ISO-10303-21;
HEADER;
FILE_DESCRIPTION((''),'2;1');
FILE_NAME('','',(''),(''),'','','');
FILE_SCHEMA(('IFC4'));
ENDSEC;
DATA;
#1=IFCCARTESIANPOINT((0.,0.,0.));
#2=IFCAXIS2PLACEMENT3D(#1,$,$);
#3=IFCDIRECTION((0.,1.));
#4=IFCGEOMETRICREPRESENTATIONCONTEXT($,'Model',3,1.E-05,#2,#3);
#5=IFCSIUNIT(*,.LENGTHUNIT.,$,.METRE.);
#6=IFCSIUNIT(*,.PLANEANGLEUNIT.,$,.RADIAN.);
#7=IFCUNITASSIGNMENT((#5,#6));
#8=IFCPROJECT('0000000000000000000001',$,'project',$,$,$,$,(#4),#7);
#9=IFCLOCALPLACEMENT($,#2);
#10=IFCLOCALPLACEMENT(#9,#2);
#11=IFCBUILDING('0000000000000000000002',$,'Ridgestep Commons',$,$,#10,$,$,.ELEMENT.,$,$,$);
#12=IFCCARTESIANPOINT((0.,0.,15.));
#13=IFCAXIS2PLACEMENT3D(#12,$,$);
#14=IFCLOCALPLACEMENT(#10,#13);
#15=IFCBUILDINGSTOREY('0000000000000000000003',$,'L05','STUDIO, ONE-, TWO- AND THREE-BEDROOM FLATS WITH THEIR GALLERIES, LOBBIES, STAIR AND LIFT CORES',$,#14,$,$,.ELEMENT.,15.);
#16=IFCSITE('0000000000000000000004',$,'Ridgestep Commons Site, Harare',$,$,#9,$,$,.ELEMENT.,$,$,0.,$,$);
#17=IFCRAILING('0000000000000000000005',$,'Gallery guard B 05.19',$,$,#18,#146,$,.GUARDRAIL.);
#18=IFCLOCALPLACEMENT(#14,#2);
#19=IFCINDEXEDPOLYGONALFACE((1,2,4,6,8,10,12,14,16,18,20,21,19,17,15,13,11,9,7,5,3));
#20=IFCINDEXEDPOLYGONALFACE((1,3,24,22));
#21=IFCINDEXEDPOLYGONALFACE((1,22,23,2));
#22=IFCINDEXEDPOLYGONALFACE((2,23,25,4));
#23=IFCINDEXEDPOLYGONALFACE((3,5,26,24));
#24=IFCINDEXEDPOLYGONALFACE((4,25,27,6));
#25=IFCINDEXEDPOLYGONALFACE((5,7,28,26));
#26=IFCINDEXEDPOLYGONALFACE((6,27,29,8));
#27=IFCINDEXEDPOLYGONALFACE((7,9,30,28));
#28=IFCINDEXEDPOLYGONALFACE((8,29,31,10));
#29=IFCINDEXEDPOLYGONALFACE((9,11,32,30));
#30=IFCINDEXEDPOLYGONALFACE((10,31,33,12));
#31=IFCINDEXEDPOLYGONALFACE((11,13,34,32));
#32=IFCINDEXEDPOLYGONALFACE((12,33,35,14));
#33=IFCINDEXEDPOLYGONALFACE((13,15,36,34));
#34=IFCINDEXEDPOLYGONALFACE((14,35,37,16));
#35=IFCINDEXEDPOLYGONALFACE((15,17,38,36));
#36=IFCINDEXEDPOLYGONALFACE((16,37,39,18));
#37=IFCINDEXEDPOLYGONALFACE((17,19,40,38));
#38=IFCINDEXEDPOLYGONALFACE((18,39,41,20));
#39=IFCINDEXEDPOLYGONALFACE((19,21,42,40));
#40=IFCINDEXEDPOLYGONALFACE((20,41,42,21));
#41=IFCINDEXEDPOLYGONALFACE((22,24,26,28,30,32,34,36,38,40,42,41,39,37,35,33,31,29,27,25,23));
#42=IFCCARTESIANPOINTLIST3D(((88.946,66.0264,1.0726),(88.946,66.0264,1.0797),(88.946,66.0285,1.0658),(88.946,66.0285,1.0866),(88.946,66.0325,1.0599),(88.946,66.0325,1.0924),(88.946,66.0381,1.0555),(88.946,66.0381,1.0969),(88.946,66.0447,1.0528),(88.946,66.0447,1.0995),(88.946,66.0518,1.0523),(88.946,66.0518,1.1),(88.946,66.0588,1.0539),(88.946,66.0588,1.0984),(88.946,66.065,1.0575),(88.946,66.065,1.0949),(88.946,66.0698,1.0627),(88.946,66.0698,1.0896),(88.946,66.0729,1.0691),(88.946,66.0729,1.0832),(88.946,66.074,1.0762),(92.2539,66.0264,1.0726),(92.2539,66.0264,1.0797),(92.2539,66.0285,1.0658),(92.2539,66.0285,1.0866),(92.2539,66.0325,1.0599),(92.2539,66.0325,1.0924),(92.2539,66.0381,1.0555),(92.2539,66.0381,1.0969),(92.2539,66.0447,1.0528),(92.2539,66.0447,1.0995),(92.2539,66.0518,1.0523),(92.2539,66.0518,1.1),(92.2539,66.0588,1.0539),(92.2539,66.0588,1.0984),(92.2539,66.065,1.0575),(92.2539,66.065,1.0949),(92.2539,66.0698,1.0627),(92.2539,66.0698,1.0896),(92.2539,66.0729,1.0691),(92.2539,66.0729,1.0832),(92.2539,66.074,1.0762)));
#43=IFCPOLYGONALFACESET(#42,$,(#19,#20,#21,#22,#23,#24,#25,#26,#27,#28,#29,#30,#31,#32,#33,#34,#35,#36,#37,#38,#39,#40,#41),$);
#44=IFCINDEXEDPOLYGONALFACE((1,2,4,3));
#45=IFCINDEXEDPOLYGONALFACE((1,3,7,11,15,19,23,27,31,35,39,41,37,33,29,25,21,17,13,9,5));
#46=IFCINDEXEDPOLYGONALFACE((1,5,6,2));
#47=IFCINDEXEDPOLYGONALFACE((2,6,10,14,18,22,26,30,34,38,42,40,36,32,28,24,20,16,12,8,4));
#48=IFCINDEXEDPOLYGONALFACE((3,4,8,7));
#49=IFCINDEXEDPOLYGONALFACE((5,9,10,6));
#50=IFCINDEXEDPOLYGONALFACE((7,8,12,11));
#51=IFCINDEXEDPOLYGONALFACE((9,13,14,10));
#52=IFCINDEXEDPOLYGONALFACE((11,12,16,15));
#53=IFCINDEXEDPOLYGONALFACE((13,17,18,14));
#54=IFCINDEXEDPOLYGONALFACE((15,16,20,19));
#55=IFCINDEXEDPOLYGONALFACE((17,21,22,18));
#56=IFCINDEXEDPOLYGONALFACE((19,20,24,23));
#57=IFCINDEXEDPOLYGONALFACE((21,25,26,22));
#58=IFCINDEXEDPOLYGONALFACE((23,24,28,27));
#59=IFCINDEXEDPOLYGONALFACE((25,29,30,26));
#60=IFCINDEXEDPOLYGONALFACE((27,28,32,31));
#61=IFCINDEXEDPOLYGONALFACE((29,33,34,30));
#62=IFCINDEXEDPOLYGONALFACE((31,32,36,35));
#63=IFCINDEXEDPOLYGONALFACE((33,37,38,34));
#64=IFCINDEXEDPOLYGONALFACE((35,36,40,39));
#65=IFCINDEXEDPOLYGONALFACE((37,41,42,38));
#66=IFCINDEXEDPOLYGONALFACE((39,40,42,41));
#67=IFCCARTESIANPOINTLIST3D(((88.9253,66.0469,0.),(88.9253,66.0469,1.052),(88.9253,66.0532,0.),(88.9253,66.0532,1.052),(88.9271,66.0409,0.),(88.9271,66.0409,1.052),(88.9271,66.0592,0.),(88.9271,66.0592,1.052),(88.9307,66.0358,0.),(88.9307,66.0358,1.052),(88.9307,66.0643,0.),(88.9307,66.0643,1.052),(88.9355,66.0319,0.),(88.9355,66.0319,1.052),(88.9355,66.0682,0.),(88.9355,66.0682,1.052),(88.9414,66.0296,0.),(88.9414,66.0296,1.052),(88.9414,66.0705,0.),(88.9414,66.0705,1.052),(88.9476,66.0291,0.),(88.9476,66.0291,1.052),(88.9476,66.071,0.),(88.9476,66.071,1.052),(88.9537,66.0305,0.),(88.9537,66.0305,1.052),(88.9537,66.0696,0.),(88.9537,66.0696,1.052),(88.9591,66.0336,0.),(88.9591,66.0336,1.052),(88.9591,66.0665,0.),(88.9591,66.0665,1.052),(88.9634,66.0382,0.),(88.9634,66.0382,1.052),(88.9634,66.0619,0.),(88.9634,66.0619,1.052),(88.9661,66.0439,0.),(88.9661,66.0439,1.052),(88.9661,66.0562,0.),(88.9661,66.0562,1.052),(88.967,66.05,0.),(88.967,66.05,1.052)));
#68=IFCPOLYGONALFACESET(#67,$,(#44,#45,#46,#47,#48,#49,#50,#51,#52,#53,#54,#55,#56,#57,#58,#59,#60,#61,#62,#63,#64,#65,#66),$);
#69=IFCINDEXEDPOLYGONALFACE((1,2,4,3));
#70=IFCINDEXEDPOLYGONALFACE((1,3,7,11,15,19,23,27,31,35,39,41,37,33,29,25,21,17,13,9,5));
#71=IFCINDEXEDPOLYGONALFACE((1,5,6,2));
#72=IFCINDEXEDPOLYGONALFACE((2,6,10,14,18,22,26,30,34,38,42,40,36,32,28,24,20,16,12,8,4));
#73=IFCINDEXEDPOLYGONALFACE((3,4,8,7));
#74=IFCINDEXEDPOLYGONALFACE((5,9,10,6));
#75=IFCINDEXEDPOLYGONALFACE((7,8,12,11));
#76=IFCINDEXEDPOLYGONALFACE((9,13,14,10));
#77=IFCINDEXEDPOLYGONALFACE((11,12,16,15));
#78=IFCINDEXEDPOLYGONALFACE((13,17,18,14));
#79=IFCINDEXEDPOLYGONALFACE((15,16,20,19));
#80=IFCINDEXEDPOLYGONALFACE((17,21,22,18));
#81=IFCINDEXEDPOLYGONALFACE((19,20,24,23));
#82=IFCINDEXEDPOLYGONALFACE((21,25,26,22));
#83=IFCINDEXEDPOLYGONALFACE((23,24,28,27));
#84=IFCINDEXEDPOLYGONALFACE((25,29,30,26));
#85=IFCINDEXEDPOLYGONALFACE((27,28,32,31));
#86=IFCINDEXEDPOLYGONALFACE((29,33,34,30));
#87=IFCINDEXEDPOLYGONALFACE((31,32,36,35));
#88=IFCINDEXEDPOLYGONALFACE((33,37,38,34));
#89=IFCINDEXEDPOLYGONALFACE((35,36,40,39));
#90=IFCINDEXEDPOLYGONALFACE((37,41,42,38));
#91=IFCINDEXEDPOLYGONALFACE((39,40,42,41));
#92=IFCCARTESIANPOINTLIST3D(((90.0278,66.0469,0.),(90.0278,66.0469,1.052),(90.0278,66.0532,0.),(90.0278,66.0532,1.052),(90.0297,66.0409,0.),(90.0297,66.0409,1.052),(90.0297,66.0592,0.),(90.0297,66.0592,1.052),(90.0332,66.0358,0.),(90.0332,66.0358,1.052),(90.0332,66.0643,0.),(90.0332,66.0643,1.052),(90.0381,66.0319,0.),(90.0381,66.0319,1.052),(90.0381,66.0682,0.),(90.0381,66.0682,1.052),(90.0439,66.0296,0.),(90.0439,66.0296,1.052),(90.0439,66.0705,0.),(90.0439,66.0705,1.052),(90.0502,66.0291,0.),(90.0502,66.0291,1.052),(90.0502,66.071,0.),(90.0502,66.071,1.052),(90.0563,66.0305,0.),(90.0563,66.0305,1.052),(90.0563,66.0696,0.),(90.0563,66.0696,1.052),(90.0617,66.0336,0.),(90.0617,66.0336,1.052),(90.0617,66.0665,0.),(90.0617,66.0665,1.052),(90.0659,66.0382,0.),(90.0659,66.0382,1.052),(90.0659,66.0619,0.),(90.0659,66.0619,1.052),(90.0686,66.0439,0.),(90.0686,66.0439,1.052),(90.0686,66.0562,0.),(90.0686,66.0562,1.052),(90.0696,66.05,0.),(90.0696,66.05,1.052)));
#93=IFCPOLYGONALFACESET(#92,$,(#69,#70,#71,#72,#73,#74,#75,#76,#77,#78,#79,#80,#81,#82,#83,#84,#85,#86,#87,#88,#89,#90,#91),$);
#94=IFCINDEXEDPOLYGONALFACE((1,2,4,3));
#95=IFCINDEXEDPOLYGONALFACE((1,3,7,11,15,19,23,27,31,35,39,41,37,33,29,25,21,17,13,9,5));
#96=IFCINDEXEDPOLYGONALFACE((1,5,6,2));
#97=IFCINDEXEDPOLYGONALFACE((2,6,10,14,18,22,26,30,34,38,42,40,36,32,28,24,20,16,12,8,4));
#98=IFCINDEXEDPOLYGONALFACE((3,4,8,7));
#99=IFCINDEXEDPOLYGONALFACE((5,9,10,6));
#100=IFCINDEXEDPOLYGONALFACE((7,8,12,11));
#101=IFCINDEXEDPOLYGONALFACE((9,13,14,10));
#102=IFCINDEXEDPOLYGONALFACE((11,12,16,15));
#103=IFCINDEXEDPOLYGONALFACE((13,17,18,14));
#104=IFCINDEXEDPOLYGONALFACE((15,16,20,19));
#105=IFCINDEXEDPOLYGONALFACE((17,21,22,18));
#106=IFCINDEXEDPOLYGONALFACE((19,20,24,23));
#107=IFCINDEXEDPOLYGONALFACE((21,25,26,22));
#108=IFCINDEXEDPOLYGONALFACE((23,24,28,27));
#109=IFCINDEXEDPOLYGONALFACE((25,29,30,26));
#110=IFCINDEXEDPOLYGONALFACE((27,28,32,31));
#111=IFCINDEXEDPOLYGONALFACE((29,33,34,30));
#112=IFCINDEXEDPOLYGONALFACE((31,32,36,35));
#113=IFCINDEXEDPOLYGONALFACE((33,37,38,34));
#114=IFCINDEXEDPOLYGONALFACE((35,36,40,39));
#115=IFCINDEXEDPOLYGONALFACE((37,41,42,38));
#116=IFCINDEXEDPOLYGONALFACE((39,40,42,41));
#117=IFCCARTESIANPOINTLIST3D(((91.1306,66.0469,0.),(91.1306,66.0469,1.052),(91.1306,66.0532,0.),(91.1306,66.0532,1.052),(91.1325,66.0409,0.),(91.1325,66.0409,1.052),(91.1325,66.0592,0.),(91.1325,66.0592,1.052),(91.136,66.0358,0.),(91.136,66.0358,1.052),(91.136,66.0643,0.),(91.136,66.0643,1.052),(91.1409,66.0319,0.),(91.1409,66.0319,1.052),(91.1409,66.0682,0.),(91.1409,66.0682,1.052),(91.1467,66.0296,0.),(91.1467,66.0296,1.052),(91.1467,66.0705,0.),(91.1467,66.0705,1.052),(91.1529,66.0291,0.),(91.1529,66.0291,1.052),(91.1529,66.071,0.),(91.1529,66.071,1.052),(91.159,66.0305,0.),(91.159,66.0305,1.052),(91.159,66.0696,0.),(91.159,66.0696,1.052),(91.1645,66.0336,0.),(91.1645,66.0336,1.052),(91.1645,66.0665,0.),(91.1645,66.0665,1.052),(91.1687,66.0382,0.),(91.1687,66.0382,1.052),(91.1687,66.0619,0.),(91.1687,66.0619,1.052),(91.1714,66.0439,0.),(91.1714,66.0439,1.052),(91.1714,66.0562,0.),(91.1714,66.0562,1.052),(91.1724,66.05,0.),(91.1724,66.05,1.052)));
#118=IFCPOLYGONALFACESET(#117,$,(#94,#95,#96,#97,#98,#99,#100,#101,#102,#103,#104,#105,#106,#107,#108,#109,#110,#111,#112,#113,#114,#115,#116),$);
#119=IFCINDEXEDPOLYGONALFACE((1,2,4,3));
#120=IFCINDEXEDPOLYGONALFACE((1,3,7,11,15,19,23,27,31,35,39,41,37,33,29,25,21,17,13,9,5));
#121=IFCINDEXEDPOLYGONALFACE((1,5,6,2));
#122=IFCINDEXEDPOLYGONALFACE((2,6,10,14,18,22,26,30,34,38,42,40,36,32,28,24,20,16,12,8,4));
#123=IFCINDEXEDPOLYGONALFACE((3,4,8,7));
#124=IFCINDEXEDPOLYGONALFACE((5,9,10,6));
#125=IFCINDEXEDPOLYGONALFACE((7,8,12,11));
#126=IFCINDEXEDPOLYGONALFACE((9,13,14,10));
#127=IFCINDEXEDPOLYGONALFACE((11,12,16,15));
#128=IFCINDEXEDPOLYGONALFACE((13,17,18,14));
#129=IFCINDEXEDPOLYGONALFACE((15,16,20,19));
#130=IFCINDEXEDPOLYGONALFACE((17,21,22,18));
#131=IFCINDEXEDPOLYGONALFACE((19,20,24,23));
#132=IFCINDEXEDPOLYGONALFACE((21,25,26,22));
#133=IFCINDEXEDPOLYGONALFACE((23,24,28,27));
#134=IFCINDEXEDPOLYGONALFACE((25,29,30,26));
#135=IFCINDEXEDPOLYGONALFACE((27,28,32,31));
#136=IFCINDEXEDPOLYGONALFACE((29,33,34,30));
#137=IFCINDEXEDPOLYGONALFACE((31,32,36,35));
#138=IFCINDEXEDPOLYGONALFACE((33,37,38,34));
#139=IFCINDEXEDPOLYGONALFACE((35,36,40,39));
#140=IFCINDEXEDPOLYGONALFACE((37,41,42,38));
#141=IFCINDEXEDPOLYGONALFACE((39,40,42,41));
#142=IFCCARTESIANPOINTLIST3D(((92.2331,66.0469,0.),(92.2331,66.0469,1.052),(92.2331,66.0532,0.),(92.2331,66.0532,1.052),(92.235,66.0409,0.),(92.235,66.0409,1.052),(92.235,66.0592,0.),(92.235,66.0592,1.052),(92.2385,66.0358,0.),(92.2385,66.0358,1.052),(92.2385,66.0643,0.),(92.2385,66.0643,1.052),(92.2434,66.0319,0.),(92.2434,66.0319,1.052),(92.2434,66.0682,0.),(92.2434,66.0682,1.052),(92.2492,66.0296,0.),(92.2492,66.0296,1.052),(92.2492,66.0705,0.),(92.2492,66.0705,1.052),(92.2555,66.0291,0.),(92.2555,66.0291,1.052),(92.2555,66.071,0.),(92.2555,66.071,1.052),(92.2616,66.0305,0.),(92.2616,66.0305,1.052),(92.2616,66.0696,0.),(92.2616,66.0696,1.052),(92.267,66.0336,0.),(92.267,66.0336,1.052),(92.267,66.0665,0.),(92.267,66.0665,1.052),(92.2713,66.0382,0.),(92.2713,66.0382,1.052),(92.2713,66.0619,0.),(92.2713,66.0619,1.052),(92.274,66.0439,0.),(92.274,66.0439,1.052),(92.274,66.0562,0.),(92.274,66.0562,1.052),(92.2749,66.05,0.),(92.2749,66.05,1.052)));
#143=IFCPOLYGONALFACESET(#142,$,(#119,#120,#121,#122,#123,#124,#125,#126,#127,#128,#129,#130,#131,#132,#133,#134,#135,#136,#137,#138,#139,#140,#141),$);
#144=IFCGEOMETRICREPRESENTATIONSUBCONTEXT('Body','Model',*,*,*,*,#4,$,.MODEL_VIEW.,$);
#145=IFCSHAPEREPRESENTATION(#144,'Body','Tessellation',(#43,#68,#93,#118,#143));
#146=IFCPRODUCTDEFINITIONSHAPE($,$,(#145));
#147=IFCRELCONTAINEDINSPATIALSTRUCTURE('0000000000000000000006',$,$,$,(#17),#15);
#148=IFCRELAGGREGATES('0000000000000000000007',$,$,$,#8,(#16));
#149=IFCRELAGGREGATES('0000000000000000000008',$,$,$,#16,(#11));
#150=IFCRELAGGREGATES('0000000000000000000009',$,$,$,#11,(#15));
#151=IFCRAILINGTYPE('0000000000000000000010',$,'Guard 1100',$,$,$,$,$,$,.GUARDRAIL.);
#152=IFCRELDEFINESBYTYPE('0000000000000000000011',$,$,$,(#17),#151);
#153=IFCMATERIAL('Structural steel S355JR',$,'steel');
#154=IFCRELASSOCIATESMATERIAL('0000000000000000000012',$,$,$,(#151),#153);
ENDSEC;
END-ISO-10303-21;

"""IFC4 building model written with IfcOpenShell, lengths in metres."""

from ifc_helpers import new_model, si_unit, direction, frame, origin, origin_2d, place, context, subcontext, project, spatial, circle, extrude, material, type_object, element, save


model = new_model("IFC4")

# Units and contexts
model_context = context("Model", 3, precision=1e-05, world=origin(), true_north=direction((0.0, 1.0)))
body_context = subcontext(model_context, "Body", "Model", "MODEL_VIEW")
ifc_project = project(units=[si_unit("LENGTHUNIT", "METRE"), si_unit("PLANEANGLEUNIT", "RADIAN")], contexts=[model_context])

# Site, building, storey
site_placement = place(None, origin())
site = spatial("IfcSite", under=ifc_project, at=site_placement, Name="Ridgestep Commons Site, Harare", CompositionType="ELEMENT", RefElevation=0.0)
building_placement = place(site_placement, origin())
building = spatial("IfcBuilding", under=site, at=building_placement, Name="Ridgestep Commons", CompositionType="ELEMENT")
storey_placement = place(building_placement, frame((0.0, 0.0, 15.0)))
storey = spatial("IfcBuildingStorey", under=building, at=storey_placement, Name="L05", Description="STUDIO, ONE-, TWO- AND THREE-BEDROOM FLATS WITH THEIR GALLERIES, LOBBIES, STAIR AND LIFT CORES", CompositionType="ELEMENT", Elevation=15.0)

# Railing
ifc_material_1 = material(Name="Structural steel S355JR", Category="steel")
railing_type = type_object("IfcRailingType", Name="Guard 1100", PredefinedType="GUARDRAIL", material=ifc_material_1)
railing_1_placement = place(storey_placement, frame((88.946, 66.05, 0.0)))
element("IfcRailing", 1, at=railing_1_placement, inside=storey, type_object=railing_type, Name="Gallery guard B 05.19", PredefinedType="GUARDRAIL", context=body_context, shape_type="SweptSolid", body=[
    extrude(circle(Radius=0.0239, at=origin_2d()), frame((0.0, 0.0, 1.0762), z_axis=(1.0, 0.0, 0.0), x_axis=(0.0, 1.0, 0.0)), (0.0, 0.0, 1.0), 3.3079),
    extrude(circle(Radius=0.021, at=origin_2d()), origin(), (0.0, 0.0, 1.0), 1.052),
    extrude(circle(Radius=0.021, at=origin_2d()), frame((1.1025, 0.0, 0.0)), (0.0, 0.0, 1.0), 1.052),
    extrude(circle(Radius=0.021, at=origin_2d()), frame((2.2053, 0.0, 0.0)), (0.0, 0.0, 1.0), 1.052),
    extrude(circle(Radius=0.021, at=origin_2d()), frame((3.3079, 0.0, 0.0)), (0.0, 0.0, 1.0), 1.052),
])

save(model, "model.ifc")
